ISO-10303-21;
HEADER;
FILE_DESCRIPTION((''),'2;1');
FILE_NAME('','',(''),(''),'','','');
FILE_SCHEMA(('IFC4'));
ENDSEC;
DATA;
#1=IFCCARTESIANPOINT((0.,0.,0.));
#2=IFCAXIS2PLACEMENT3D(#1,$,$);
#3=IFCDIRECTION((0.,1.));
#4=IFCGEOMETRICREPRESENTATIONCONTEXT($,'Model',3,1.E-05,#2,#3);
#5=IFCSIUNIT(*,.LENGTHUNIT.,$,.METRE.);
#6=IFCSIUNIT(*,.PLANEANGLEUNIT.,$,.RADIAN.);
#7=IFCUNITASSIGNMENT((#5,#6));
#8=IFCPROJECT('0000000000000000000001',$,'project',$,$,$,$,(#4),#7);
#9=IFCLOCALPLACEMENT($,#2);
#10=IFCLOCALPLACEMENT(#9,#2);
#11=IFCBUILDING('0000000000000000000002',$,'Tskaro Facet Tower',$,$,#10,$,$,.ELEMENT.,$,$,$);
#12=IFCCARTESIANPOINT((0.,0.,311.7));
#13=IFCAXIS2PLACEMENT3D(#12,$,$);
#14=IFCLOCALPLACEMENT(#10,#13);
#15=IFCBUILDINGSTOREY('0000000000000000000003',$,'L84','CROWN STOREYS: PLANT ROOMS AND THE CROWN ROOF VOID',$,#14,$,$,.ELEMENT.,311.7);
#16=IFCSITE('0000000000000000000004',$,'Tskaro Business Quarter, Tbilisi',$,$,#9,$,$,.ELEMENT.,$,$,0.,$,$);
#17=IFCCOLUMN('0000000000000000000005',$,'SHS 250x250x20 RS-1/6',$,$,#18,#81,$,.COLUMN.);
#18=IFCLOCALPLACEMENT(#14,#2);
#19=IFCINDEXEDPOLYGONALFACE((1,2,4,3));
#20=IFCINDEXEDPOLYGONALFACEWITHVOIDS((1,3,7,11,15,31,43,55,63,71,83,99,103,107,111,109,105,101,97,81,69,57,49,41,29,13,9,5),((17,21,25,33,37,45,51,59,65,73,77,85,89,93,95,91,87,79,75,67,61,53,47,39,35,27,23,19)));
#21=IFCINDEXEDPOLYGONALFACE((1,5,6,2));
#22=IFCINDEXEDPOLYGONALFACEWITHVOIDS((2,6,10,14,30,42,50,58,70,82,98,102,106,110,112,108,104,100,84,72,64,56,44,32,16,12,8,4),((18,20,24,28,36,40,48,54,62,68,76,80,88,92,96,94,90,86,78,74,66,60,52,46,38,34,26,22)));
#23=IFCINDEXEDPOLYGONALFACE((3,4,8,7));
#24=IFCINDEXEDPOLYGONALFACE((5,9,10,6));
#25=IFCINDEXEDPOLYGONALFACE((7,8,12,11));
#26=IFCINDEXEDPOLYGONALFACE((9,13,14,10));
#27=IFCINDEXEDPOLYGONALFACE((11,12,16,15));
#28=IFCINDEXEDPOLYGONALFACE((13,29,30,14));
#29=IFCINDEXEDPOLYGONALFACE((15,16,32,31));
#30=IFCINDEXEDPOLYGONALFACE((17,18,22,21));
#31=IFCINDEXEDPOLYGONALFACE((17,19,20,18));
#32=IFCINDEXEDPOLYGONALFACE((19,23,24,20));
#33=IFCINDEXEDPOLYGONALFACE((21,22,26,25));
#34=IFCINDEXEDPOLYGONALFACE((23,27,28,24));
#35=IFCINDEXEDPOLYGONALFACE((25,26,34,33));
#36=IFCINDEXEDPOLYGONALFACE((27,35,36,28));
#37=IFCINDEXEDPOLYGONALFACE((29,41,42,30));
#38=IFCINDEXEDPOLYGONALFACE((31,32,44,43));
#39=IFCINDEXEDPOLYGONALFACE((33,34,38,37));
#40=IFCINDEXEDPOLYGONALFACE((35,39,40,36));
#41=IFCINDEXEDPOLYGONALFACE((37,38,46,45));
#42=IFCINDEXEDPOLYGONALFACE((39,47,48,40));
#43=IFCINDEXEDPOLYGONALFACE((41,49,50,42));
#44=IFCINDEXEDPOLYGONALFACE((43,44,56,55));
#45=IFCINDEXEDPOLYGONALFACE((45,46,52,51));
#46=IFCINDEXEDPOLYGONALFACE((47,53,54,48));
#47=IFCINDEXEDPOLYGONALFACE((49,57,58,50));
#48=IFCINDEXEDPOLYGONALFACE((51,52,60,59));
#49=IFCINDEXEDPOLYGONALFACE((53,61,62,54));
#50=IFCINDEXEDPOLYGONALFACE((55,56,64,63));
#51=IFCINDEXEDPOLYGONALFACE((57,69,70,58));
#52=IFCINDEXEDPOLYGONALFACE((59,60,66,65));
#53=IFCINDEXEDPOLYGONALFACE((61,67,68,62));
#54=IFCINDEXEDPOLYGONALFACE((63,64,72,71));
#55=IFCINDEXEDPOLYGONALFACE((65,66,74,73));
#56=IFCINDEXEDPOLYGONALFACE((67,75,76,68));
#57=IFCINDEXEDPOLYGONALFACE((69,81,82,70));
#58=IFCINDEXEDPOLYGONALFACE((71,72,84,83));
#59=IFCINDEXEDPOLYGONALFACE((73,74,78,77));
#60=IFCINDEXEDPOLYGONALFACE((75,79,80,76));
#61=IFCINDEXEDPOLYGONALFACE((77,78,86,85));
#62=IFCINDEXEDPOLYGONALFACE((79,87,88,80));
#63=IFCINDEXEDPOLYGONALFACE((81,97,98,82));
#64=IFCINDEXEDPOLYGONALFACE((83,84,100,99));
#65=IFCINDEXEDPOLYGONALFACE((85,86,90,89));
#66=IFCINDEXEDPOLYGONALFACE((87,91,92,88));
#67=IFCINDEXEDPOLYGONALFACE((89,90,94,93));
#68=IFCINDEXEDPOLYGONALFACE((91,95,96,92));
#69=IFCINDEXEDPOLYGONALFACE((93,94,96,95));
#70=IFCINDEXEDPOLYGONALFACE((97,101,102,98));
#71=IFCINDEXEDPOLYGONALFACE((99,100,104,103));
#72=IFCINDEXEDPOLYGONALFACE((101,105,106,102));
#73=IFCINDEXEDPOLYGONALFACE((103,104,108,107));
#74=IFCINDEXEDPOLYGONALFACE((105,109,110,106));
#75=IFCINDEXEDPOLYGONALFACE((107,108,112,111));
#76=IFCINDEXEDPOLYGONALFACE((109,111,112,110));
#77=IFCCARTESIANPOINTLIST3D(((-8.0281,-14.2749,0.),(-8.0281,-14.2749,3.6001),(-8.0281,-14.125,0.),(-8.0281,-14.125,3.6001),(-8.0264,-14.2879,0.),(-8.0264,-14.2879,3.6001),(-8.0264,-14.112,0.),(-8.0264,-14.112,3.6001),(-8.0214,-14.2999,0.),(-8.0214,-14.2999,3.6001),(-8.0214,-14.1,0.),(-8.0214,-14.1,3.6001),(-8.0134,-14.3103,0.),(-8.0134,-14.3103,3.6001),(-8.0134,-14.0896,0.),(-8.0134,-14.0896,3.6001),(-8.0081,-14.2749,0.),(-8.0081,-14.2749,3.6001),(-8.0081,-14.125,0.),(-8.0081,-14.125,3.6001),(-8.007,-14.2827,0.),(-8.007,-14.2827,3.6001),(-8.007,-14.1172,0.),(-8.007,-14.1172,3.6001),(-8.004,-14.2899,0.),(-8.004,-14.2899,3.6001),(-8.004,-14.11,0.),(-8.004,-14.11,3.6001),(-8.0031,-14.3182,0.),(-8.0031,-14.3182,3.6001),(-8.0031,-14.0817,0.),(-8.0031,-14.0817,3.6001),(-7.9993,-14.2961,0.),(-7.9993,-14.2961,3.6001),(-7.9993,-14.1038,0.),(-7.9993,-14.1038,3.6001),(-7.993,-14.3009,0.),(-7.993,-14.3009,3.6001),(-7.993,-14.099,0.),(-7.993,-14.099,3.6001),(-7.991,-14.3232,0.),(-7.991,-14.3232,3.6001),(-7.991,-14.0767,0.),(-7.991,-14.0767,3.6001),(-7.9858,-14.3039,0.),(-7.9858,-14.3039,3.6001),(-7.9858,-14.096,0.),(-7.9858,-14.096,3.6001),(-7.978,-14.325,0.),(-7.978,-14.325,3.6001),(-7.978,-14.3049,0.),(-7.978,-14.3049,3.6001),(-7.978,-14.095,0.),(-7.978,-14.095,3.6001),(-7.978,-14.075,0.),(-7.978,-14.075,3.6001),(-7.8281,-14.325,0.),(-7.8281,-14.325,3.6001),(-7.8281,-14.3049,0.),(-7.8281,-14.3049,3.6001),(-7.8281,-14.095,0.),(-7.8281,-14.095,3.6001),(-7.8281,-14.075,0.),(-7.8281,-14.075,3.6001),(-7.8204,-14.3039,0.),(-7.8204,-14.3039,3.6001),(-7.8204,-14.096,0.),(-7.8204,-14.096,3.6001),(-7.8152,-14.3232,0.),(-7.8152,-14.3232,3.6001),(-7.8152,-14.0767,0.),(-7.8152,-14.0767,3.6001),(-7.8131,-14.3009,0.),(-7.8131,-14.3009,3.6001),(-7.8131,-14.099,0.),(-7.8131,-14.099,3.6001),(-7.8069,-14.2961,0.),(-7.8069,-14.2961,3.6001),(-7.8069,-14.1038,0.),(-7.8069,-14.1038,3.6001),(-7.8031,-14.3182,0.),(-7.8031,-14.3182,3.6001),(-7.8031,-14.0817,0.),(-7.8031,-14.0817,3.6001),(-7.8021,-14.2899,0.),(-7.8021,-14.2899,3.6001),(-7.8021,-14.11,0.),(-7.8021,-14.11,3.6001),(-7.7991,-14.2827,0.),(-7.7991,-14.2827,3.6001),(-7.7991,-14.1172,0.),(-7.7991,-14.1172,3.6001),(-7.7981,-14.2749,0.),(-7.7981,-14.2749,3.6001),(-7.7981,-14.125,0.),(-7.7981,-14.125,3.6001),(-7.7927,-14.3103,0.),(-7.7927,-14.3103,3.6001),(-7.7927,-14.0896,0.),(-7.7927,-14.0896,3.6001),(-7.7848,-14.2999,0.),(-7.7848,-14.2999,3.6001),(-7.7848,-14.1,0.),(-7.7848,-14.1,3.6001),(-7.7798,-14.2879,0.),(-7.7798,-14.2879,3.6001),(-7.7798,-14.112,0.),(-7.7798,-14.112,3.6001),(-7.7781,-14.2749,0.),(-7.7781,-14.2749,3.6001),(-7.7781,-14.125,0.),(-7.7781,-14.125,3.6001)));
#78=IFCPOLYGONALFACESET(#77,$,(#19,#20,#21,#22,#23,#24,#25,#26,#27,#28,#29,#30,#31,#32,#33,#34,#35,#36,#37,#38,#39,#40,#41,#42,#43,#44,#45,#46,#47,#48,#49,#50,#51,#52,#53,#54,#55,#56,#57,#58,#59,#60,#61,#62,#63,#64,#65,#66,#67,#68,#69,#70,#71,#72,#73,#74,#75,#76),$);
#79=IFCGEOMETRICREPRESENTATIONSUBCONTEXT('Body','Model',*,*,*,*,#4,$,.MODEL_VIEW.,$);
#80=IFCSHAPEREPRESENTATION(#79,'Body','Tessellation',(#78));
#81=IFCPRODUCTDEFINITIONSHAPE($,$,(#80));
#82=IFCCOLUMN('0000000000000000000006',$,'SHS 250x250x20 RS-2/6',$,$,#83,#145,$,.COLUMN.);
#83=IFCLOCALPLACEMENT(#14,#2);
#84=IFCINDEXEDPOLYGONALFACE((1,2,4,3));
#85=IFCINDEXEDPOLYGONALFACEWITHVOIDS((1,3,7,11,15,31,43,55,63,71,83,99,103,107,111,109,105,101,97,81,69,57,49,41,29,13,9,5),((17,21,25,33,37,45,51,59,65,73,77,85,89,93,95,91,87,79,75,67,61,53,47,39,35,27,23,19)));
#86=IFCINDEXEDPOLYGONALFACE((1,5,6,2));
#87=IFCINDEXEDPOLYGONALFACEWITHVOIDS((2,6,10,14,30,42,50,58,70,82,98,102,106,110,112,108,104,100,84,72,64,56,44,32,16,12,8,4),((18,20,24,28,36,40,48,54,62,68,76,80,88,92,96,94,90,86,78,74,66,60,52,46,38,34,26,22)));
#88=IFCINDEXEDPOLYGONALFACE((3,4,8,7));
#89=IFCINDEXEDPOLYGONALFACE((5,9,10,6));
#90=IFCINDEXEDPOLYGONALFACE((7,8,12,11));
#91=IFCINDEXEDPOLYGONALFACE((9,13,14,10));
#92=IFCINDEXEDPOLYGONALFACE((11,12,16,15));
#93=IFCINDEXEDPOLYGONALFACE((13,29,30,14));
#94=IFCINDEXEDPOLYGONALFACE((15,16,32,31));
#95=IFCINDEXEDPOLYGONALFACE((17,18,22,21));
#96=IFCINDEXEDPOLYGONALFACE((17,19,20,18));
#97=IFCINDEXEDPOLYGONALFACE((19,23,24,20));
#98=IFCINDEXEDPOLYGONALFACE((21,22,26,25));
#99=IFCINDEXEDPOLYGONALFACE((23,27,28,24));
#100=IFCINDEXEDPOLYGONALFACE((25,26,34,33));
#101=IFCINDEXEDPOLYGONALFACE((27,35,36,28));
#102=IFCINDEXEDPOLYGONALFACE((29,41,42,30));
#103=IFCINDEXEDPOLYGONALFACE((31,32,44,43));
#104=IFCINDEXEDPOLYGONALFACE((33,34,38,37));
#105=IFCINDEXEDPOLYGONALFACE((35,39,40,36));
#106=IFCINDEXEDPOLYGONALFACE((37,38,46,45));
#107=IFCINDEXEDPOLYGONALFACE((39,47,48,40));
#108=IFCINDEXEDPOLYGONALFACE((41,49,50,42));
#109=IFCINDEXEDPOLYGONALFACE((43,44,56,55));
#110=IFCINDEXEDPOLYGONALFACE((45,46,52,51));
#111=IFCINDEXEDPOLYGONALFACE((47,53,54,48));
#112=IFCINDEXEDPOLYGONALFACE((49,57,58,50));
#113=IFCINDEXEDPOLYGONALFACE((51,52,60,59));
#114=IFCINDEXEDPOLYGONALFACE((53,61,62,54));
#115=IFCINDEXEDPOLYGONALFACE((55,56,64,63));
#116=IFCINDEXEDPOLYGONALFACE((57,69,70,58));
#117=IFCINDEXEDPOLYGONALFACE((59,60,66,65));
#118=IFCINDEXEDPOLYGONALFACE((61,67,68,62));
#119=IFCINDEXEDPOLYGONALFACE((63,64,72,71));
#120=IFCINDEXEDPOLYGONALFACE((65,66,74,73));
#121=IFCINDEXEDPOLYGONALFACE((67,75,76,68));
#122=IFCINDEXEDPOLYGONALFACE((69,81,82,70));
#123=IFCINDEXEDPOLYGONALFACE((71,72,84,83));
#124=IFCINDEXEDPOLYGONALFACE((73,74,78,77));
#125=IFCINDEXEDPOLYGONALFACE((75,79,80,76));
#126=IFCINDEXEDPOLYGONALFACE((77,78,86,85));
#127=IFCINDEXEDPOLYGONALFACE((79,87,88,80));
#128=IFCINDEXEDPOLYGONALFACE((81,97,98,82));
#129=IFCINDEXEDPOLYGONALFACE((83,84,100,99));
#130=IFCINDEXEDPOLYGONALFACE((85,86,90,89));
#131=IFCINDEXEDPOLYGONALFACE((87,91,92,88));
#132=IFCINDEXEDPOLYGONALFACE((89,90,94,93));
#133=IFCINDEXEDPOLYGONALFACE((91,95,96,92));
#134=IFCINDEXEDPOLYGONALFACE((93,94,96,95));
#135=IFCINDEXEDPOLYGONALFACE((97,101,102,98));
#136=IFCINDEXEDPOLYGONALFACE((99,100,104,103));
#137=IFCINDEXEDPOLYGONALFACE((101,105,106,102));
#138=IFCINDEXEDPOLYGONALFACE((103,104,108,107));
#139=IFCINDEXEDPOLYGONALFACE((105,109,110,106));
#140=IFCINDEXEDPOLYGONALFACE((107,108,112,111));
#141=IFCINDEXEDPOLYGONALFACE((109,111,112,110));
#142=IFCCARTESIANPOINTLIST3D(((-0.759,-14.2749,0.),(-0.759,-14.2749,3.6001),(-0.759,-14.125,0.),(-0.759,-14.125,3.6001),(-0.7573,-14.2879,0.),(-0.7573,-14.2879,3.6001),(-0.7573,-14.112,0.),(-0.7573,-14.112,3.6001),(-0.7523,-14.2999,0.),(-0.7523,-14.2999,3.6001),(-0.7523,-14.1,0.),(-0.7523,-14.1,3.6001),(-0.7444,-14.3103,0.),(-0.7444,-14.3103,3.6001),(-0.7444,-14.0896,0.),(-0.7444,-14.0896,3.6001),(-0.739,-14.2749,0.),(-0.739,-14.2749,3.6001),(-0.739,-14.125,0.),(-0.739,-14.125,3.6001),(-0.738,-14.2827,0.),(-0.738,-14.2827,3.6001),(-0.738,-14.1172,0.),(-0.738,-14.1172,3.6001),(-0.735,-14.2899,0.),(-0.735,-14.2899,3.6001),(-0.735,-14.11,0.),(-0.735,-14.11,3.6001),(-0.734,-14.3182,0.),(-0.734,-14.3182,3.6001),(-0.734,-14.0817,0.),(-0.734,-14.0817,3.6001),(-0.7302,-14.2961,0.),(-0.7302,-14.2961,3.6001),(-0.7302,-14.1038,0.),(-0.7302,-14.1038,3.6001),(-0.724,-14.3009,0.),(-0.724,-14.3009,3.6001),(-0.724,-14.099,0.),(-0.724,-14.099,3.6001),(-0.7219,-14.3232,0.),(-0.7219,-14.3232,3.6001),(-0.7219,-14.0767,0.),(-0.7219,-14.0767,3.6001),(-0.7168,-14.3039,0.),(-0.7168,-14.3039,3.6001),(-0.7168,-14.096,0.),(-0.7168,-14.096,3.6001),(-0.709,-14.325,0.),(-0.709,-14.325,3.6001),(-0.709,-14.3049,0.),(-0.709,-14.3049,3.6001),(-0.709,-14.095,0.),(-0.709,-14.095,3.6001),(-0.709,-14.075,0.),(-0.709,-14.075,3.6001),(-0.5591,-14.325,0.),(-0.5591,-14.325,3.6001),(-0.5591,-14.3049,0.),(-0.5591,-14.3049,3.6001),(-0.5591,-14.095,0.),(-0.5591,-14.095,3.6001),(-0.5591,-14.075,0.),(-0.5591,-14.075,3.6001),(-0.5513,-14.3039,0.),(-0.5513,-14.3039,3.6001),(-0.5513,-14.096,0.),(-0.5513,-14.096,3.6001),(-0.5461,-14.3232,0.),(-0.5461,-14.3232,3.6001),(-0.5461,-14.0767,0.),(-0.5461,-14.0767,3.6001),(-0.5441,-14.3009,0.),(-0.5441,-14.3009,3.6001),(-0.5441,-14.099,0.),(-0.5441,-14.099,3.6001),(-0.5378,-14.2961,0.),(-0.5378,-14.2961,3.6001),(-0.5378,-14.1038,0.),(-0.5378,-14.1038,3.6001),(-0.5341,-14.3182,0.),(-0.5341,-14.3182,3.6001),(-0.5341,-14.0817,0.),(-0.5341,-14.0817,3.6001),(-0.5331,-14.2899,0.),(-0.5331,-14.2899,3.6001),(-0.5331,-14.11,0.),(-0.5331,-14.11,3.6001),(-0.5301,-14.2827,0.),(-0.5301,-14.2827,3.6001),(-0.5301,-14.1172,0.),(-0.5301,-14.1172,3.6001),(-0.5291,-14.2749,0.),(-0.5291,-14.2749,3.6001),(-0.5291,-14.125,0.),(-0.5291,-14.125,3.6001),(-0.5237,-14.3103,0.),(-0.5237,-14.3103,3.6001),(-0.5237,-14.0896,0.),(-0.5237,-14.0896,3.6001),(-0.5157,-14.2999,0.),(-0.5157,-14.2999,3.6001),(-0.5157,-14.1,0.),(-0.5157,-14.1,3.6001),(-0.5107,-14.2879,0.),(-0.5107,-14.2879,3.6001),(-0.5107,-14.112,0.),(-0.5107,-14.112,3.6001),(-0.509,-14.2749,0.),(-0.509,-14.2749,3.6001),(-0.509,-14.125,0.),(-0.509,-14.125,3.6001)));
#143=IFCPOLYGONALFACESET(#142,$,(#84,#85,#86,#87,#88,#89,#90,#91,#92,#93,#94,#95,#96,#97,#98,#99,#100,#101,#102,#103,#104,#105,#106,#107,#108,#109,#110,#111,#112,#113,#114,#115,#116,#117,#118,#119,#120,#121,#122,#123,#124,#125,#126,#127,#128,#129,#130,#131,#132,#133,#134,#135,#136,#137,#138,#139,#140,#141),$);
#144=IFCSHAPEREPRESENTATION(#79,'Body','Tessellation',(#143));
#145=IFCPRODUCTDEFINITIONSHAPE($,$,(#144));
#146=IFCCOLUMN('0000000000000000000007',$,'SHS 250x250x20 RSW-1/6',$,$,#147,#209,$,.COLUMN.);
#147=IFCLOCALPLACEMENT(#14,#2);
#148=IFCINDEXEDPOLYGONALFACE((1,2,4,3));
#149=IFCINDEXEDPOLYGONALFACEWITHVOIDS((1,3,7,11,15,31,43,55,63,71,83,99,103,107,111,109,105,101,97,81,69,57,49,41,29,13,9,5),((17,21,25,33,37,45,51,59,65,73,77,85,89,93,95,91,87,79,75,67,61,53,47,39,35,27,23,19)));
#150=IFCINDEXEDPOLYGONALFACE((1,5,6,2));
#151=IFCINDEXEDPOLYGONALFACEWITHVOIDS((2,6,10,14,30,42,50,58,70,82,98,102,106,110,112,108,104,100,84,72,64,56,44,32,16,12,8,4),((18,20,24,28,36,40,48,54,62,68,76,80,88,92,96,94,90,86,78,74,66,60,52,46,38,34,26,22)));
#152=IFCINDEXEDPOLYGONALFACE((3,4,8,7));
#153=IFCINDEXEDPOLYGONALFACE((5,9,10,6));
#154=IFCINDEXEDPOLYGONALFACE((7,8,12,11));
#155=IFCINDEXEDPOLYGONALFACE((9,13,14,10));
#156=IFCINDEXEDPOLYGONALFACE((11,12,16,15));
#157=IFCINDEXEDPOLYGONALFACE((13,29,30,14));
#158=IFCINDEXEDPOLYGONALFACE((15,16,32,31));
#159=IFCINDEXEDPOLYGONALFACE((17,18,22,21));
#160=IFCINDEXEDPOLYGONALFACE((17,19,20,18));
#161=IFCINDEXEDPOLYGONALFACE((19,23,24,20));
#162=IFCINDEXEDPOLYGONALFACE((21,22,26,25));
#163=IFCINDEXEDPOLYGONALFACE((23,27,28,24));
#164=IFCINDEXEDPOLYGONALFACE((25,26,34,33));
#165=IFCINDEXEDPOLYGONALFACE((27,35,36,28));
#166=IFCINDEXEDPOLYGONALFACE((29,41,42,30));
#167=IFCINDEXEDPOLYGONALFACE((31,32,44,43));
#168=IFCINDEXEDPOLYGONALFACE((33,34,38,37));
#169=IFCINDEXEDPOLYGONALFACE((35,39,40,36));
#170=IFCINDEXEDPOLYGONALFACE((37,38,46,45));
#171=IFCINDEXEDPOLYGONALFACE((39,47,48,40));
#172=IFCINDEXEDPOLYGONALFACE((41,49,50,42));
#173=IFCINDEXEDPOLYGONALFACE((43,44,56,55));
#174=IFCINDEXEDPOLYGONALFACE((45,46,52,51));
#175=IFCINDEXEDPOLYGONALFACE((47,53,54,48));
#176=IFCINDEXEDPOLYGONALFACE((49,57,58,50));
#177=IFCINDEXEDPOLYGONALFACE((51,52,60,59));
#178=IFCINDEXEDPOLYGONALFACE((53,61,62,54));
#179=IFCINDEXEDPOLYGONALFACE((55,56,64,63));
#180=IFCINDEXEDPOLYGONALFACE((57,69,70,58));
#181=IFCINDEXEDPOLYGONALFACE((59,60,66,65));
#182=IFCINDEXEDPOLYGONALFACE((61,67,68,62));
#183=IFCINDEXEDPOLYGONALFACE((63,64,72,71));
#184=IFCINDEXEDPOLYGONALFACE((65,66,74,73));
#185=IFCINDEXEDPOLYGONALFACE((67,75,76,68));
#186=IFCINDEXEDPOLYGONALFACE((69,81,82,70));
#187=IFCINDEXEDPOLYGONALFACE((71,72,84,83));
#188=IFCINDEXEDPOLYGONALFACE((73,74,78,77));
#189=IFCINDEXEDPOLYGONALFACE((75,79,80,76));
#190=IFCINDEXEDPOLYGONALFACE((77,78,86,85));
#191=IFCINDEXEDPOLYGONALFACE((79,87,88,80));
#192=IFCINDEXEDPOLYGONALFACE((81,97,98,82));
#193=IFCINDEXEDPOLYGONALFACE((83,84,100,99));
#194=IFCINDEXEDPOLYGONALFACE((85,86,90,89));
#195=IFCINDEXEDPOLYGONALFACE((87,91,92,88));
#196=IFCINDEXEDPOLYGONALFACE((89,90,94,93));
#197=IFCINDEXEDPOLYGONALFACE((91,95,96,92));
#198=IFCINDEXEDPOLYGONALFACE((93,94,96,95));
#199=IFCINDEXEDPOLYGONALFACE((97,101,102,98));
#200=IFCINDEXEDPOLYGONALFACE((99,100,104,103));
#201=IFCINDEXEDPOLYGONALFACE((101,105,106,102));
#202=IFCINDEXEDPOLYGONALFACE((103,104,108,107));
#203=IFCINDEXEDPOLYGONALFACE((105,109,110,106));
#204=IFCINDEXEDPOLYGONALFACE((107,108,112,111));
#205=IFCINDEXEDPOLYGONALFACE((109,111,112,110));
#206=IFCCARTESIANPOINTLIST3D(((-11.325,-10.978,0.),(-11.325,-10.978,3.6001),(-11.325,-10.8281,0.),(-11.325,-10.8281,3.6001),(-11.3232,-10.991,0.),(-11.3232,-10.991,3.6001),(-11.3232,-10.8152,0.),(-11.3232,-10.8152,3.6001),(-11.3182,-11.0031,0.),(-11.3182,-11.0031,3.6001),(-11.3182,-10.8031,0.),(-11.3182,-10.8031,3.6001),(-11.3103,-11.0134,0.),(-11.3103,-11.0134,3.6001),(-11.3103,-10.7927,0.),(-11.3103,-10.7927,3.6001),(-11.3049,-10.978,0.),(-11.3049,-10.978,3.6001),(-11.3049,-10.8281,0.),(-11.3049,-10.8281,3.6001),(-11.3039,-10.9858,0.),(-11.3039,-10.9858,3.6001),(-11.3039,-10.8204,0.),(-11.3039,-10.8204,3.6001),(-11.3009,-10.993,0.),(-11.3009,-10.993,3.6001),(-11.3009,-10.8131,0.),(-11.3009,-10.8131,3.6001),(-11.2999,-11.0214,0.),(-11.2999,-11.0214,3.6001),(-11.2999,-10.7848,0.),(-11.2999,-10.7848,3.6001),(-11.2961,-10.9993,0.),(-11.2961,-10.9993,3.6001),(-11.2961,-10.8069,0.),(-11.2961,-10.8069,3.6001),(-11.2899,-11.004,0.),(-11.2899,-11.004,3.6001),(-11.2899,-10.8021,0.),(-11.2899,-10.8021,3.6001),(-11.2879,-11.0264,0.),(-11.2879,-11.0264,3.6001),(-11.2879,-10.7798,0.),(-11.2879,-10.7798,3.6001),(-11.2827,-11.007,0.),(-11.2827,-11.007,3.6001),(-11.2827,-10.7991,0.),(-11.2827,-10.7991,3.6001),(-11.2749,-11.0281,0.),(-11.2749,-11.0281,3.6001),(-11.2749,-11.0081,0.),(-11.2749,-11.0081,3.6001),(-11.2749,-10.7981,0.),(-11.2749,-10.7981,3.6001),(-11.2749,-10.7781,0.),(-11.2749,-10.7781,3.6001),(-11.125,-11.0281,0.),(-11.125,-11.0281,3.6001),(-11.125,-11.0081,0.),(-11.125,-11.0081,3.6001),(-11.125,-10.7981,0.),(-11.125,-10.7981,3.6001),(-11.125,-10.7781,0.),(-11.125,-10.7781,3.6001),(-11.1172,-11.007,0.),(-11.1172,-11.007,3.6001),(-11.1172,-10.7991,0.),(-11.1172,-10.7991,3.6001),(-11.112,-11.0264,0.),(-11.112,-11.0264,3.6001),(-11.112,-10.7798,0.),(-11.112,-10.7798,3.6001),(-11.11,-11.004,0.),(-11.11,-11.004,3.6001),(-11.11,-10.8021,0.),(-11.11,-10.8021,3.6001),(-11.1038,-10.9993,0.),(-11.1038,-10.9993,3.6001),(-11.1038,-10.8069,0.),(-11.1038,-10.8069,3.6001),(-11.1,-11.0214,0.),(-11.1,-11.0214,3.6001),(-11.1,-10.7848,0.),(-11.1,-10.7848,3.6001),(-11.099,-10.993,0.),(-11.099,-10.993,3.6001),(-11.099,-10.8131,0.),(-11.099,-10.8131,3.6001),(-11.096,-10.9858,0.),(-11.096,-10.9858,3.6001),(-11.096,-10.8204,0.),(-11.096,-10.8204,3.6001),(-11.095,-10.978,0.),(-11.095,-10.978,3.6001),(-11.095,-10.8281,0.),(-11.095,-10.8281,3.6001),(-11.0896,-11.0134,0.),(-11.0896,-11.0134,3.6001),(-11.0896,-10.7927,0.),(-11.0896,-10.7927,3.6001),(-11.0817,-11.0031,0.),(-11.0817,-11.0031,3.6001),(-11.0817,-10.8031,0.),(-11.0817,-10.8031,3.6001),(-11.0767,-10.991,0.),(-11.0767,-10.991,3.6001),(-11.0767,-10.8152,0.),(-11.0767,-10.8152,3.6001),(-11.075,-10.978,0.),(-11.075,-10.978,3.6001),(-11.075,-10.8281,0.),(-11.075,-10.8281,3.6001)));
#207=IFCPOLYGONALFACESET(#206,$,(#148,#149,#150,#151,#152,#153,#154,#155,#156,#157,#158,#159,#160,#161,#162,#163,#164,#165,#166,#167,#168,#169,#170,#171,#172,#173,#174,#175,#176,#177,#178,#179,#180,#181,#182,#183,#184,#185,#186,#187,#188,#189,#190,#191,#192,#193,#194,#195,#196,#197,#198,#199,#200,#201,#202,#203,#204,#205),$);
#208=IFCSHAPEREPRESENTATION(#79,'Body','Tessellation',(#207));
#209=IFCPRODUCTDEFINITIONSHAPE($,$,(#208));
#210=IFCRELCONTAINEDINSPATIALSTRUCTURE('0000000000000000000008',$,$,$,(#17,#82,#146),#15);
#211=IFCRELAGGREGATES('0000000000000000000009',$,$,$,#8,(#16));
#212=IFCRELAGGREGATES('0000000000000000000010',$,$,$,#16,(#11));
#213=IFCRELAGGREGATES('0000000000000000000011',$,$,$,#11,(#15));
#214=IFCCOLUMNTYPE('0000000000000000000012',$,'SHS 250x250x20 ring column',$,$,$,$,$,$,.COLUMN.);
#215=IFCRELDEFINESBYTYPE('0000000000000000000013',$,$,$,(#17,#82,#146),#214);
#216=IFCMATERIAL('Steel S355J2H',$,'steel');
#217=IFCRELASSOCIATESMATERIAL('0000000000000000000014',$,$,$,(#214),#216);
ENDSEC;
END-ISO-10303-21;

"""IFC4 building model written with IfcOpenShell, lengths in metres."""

from ifc_helpers import new_model, si_unit, direction, frame, origin, origin_2d, place, context, subcontext, project, spatial, hollow_rectangle, extrude, material, material_profile, profile_set, type_object, element, save


model = new_model("IFC4")

# Units and contexts
model_context = context("Model", 3, precision=1e-05, world=origin(), true_north=direction((0.0, 1.0)))
body_context = subcontext(model_context, "Body", "Model", "MODEL_VIEW")
ifc_project = project(units=[si_unit("LENGTHUNIT", "METRE"), si_unit("PLANEANGLEUNIT", "RADIAN")], contexts=[model_context])

# Site, building, storey
site_placement = place(None, origin())
site = spatial("IfcSite", under=ifc_project, at=site_placement, Name="Tskaro Business Quarter, Tbilisi", CompositionType="ELEMENT", RefElevation=0.0)
building_placement = place(site_placement, origin())
building = spatial("IfcBuilding", under=site, at=building_placement, Name="Tskaro Facet Tower", CompositionType="ELEMENT")
storey_placement = place(building_placement, frame((0.0, 0.0, 311.7)))
storey = spatial("IfcBuildingStorey", under=building, at=storey_placement, Name="L84", Description="CROWN STOREYS: PLANT ROOMS AND THE CROWN ROOF VOID", CompositionType="ELEMENT", Elevation=311.7)

# Columns
ifc_material_1 = material(Name="Steel S355J2H", Category="steel")
ifc_material_profile_1 = material_profile(ifc_material_1, hollow_rectangle(XDim=0.25, YDim=0.25, WallThickness=0.02, InnerFilletRadius=0.03, OuterFilletRadius=0.05, at=origin_2d()), Name="SHS 250x250x20")
ifc_profile_set_1 = profile_set([ifc_material_profile_1], Name="Steel S355J2H")
column_type = type_object("IfcColumnType", Name="SHS 250x250x20 ring column", PredefinedType="COLUMN", material=ifc_profile_set_1)
for number, where, z_axis, x_axis, name in (
    (1, (-7.9031, -14.2, 0.0), (0.0, 0.0, 1.0), (1.0, 0.0, 0.0), "SHS 250x250x20 RS-1/6"),
    (2, (-0.634, -14.2, 0.0), (0.0, 0.0, 1.0), (1.0, 0.0, 0.0), "SHS 250x250x20 RS-2/6"),
    (3, (-11.2, -10.9031, 0.0), (0.0, 0.0, 1.0), (1.0, 0.0, 0.0), "SHS 250x250x20 RSW-1/6"),
):
    element("IfcColumn", number, at=place(storey_placement, frame(where, z_axis=z_axis, x_axis=x_axis)), inside=storey, type_object=column_type, Name=name, PredefinedType="COLUMN", context=body_context, shape_type="SweptSolid", body=[
        extrude(hollow_rectangle(XDim=0.25, YDim=0.25, WallThickness=0.02, InnerFilletRadius=0.03, OuterFilletRadius=0.05, at=origin_2d()), origin(), (0.0, 0.0, 1.0), 3.6001),
    ])

save(model, "model.ifc")
